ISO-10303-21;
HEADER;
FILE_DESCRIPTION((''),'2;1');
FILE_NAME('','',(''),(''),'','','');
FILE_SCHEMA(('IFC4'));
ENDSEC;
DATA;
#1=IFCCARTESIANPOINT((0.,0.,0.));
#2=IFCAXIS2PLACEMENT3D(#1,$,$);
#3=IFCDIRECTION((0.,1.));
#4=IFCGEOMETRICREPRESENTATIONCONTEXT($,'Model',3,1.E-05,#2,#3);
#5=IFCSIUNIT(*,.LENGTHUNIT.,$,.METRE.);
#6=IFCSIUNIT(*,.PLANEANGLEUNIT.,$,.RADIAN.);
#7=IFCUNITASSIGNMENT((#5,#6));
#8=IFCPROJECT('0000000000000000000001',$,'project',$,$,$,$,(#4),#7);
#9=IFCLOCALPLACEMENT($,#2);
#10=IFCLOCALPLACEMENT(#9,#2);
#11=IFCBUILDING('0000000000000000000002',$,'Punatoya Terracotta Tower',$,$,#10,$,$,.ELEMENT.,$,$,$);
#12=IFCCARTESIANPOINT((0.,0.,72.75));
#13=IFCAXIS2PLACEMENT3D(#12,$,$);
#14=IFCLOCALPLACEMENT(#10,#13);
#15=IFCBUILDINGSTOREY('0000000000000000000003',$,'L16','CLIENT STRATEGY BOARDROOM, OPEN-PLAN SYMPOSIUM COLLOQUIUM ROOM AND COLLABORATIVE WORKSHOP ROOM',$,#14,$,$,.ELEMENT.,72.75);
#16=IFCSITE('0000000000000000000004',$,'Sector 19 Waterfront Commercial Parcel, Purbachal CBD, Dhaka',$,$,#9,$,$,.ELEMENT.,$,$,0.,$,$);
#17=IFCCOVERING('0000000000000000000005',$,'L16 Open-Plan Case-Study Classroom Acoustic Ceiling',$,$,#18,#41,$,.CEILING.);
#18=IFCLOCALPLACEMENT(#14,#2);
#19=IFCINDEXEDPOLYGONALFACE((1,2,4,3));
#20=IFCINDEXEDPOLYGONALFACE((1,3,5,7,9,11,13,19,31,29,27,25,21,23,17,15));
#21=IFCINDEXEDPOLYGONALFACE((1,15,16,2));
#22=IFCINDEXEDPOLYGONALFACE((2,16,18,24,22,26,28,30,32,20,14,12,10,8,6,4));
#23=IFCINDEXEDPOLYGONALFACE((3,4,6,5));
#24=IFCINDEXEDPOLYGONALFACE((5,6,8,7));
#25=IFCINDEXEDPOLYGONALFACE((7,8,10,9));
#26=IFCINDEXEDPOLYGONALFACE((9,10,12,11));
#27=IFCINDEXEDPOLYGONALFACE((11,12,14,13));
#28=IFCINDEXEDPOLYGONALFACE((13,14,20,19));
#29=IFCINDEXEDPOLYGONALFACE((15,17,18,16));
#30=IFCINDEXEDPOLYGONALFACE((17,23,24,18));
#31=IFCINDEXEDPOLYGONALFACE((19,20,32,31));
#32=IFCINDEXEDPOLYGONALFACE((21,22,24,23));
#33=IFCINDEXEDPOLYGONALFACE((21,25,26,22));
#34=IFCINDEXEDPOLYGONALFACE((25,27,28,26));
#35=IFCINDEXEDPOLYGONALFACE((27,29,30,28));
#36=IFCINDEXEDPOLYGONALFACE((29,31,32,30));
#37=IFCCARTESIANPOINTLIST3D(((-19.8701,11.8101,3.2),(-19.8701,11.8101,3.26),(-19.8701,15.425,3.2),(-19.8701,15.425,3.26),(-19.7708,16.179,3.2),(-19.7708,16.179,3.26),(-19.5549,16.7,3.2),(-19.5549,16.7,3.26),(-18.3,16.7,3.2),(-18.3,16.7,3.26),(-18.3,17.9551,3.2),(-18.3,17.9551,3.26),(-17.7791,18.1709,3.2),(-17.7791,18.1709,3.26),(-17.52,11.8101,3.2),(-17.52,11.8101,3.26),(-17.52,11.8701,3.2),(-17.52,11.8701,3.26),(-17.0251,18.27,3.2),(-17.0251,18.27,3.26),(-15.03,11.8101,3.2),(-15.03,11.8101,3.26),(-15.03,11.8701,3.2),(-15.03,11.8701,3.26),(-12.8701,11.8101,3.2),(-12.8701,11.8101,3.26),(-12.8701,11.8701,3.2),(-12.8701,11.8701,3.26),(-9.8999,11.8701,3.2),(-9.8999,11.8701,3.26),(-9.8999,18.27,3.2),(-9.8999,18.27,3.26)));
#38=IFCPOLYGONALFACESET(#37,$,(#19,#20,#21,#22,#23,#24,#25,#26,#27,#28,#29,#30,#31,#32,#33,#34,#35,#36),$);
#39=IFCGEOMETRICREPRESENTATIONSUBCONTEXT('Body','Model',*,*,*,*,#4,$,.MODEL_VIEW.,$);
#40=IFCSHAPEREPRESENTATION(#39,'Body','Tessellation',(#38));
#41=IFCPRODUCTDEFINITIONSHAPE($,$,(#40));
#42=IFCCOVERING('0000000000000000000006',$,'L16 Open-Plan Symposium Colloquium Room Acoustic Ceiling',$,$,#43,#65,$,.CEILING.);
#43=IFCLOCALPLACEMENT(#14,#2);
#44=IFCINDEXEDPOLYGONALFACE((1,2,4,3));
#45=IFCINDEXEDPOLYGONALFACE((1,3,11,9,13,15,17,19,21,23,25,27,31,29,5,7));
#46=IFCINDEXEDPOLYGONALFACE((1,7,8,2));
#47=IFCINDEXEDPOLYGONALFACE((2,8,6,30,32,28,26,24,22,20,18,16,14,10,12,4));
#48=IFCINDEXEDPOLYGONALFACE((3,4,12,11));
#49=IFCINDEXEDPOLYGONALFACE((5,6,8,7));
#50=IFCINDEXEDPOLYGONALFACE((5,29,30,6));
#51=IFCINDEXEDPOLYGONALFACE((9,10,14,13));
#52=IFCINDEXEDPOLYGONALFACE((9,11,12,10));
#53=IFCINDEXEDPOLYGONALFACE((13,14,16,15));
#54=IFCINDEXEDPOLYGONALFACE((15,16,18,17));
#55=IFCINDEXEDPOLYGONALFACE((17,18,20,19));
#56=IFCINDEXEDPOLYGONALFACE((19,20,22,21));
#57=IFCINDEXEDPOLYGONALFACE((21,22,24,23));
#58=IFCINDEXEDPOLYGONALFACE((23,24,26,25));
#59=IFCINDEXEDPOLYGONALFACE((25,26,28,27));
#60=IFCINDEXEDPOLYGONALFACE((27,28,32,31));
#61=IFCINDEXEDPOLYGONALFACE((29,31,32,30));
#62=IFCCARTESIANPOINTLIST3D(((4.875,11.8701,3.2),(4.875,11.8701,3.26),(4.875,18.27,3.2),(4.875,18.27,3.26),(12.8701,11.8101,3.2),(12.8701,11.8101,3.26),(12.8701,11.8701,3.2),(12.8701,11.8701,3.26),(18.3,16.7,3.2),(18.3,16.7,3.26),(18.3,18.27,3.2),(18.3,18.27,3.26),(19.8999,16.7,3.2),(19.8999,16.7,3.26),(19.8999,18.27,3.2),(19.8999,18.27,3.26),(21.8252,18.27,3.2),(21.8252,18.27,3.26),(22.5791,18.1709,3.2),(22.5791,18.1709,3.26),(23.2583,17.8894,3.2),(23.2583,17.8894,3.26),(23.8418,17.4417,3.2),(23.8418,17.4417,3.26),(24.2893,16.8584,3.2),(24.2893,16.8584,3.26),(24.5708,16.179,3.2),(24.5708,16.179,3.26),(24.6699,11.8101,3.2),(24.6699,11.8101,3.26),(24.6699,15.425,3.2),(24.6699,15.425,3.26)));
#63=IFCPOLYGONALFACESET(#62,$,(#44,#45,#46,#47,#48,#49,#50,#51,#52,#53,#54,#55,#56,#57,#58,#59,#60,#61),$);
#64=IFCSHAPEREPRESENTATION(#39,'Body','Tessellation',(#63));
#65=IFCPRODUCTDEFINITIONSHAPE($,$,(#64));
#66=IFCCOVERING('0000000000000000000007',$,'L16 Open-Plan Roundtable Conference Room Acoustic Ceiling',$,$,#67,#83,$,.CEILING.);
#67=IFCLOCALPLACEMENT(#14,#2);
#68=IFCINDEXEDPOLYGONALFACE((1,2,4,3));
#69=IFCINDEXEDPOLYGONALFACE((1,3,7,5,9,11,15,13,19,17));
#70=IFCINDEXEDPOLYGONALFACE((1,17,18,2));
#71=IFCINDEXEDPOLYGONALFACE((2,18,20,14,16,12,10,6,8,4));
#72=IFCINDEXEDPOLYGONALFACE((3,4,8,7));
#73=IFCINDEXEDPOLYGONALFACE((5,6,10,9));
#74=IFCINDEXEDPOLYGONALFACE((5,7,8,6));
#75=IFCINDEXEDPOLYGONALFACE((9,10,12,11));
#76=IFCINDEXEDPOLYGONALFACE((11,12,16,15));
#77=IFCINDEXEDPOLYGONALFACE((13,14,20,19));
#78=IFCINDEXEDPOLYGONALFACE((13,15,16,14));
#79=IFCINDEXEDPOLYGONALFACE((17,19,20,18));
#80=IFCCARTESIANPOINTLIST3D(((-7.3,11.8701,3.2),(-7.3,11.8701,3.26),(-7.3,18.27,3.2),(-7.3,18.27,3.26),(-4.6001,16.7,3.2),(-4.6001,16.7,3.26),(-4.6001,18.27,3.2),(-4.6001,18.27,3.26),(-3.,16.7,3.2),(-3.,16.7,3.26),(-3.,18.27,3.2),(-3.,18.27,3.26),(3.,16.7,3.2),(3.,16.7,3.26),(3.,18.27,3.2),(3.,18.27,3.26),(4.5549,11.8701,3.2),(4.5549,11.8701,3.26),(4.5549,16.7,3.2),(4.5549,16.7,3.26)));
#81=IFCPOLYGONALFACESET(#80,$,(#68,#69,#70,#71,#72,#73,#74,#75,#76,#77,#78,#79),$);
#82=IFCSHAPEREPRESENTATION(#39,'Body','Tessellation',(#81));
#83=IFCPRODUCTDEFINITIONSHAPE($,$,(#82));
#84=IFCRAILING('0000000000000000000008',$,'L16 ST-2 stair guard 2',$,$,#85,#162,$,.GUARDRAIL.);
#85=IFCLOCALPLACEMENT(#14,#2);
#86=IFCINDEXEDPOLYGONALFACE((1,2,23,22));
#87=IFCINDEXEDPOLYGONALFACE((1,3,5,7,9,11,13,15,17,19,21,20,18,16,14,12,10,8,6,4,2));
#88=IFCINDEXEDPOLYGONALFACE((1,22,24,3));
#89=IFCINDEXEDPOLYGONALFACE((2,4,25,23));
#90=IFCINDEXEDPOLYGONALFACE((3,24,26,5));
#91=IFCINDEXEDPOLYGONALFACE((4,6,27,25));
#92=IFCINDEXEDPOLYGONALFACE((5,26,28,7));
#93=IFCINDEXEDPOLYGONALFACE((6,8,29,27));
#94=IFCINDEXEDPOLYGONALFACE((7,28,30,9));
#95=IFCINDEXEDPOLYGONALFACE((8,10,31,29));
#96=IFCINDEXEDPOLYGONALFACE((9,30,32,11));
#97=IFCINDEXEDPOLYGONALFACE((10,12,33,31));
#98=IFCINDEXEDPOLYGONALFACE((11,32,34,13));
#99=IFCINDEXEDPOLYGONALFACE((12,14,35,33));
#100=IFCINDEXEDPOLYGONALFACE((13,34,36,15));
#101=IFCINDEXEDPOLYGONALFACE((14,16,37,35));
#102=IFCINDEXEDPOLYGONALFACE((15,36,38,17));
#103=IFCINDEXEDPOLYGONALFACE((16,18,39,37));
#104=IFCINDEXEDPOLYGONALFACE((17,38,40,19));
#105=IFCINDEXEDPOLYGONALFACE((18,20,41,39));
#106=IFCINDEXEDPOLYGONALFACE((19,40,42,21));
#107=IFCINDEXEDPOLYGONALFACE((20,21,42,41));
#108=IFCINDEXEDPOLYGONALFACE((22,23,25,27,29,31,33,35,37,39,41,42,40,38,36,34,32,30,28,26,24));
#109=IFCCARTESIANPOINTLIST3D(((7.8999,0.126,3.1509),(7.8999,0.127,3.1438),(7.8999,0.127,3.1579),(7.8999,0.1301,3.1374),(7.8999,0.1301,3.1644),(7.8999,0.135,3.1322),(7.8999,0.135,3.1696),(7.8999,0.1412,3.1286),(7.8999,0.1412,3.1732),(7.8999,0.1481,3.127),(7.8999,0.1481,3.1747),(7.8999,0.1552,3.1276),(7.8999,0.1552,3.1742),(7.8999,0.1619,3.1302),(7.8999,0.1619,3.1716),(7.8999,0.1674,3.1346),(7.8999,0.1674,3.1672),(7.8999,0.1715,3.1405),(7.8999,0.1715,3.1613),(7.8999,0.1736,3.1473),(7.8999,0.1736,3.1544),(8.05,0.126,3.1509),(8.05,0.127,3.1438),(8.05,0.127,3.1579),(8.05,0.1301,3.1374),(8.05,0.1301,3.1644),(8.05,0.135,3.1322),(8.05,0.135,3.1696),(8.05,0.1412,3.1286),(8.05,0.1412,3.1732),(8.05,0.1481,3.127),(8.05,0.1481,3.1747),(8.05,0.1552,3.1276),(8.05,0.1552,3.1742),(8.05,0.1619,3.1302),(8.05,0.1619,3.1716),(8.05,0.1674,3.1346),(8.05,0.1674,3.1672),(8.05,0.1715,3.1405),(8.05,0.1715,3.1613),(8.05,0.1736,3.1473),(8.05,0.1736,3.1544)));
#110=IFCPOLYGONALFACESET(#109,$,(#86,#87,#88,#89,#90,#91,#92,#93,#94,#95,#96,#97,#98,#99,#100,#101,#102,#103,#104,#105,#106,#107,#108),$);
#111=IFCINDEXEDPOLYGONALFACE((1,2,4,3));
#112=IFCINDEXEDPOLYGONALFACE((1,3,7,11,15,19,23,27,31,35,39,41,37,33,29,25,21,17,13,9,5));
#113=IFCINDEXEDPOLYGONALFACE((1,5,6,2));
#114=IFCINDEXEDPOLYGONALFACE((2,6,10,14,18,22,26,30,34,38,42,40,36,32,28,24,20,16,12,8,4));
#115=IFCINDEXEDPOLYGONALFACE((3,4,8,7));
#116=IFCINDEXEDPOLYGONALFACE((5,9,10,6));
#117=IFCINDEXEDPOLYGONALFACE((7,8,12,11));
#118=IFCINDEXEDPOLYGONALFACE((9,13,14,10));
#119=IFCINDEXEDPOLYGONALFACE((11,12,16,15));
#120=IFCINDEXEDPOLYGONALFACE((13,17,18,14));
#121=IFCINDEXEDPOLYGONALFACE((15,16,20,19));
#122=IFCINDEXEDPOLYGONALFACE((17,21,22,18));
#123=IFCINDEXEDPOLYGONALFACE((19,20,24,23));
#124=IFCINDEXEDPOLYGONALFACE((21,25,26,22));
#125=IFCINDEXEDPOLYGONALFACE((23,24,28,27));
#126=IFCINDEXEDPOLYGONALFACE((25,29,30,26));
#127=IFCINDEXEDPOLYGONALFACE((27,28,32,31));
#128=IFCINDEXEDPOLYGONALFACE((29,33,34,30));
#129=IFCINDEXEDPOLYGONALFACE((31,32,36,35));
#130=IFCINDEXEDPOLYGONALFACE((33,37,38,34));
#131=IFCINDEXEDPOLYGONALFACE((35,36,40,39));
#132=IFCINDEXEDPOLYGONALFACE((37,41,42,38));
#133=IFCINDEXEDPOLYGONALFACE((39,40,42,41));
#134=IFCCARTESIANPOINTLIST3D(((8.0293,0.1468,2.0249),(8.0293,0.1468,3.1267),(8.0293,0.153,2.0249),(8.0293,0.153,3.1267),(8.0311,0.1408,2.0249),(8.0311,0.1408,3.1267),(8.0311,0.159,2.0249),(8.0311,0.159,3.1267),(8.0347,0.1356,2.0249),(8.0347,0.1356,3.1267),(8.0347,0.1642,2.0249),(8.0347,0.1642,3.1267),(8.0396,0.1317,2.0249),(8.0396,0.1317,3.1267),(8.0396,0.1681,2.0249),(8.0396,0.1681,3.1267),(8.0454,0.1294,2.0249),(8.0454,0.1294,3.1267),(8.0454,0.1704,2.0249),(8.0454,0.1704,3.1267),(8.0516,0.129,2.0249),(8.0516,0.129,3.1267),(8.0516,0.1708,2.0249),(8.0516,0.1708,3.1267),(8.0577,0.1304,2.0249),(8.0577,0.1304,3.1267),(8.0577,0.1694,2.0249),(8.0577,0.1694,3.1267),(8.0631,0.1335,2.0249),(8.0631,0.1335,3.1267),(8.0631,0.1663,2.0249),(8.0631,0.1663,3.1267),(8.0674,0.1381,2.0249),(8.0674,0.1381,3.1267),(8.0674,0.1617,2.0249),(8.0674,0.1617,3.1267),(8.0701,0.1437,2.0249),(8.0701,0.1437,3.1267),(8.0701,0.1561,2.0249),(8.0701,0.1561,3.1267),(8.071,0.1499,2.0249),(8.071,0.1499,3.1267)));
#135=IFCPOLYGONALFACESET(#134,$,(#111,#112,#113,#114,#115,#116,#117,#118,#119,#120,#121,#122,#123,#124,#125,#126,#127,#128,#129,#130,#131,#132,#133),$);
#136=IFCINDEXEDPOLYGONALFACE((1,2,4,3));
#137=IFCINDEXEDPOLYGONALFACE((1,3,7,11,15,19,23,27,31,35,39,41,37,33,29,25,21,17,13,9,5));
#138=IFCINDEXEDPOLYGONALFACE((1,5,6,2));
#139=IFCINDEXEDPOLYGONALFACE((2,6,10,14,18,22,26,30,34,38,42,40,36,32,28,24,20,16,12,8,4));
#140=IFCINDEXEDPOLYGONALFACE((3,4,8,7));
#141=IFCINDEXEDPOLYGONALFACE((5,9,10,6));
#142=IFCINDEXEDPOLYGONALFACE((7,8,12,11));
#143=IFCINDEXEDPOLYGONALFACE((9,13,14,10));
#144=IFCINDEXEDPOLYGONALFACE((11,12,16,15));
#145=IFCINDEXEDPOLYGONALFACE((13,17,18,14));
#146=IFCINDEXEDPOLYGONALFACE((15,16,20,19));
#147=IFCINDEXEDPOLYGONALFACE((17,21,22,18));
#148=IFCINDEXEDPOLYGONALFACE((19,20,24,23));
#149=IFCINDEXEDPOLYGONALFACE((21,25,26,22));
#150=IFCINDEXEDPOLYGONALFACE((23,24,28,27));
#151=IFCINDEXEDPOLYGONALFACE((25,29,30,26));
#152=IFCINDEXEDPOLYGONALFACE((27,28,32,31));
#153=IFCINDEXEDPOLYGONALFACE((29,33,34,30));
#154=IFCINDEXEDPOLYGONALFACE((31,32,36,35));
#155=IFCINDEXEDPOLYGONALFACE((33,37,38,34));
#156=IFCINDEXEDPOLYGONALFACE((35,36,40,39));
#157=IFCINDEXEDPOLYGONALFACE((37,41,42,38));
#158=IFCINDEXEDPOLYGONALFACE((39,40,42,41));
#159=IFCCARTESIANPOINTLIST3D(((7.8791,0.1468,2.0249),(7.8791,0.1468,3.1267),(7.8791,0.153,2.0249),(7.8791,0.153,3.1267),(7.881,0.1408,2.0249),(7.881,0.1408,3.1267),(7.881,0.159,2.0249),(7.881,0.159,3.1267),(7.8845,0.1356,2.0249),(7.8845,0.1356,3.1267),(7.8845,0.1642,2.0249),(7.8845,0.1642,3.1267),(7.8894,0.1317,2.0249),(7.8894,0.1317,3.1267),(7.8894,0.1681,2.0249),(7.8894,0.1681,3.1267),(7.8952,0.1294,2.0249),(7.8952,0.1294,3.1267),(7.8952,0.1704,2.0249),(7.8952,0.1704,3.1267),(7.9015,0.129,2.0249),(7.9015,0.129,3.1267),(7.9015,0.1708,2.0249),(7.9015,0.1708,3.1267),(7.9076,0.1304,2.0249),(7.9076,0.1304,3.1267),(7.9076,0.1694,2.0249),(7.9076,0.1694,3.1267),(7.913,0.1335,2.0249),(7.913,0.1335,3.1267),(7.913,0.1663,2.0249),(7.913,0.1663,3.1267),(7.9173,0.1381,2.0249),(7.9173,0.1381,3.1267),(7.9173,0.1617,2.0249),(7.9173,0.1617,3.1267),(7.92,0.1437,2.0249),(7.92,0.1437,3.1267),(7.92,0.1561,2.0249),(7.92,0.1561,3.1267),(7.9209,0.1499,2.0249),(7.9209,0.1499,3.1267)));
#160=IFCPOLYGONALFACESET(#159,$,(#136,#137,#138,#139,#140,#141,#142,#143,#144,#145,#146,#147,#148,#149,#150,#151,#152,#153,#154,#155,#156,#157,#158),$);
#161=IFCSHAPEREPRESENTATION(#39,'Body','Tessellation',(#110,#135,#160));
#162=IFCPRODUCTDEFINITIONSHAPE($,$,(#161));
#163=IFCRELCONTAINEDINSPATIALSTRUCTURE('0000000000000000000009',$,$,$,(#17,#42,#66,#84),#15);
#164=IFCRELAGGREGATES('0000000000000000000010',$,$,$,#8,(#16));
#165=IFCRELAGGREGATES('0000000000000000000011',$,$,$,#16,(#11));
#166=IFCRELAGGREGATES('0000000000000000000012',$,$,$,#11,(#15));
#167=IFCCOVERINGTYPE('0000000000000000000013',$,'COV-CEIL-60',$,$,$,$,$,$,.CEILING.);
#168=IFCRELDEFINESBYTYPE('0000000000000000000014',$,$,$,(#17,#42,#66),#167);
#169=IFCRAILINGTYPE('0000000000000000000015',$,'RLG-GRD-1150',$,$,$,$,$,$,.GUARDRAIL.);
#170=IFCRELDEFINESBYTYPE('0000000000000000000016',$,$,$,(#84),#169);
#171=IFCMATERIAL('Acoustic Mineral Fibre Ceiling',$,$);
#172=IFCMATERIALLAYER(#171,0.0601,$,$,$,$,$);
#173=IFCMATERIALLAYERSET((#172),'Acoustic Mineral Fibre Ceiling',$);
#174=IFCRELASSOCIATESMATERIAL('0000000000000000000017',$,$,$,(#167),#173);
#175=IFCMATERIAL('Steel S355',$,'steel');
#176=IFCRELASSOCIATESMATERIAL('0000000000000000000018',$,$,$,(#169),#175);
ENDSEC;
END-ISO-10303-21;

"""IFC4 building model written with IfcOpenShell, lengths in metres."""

from ifc_helpers import new_model, si_unit, direction, frame, origin, origin_2d, place, context, subcontext, project, spatial, polyline, circle, outline, extrude, material, layer, layer_set, type_object, element, save


model = new_model("IFC4")

# Units and contexts
model_context = context("Model", 3, precision=1e-05, world=origin(), true_north=direction((0.0, 1.0)))
body_context = subcontext(model_context, "Body", "Model", "MODEL_VIEW")
ifc_project = project(units=[si_unit("LENGTHUNIT", "METRE"), si_unit("PLANEANGLEUNIT", "RADIAN")], contexts=[model_context])

# Site, building, storey
site_placement = place(None, origin())
site = spatial("IfcSite", under=ifc_project, at=site_placement, Name="Sector 19 Waterfront Commercial Parcel, Purbachal CBD, Dhaka", CompositionType="ELEMENT", RefElevation=0.0)
building_placement = place(site_placement, origin())
building = spatial("IfcBuilding", under=site, at=building_placement, Name="Punatoya Terracotta Tower", CompositionType="ELEMENT")
storey_placement = place(building_placement, frame((0.0, 0.0, 72.75)))
storey = spatial("IfcBuildingStorey", under=building, at=storey_placement, Name="L16", Description="CLIENT STRATEGY BOARDROOM, OPEN-PLAN SYMPOSIUM COLLOQUIUM ROOM AND COLLABORATIVE WORKSHOP ROOM", CompositionType="ELEMENT", Elevation=72.75)

# Shared definitions
ifc_material_1 = material(Name="Steel S355", Category="steel")

# Coverings
ifc_material_2 = material(Name="Acoustic Mineral Fibre Ceiling")
ifc_layer_1 = layer(ifc_material_2, 0.0601)
ifc_layer_set_1 = layer_set([ifc_layer_1], Name="Acoustic Mineral Fibre Ceiling")
covering_type = type_object("IfcCoveringType", Name="COV-CEIL-60", PredefinedType="CEILING", material=ifc_layer_set_1)
covering_1_placement = place(storey_placement, frame((0.0, 0.0, 3.2)))
element("IfcCovering", 1, at=covering_1_placement, inside=storey, type_object=covering_type, Name="L16 Open-Plan Case-Study Classroom Acoustic Ceiling", PredefinedType="CEILING", context=body_context, shape_type="SweptSolid", body=[
    extrude(outline(polyline([(-17.7791, 18.1709), (-18.3, 17.9551), (-18.3, 16.7), (-19.5549, 16.7), (-19.7708, 16.179), (-19.8701, 15.425), (-19.8701, 11.8101), (-17.52, 11.8101), (-17.52, 11.8701), (-15.03, 11.8701), (-15.03, 11.8101), (-12.8701, 11.8101), (-12.8701, 11.8701), (-9.8999, 11.8701), (-9.8999, 18.27), (-17.0251, 18.27), (-17.7791, 18.1709)])), origin(), (0.0, 0.0, 1.0), 0.0601),
])
covering_2_placement = place(storey_placement, frame((0.0, 0.0, 3.2)))
element("IfcCovering", 2, at=covering_2_placement, inside=storey, type_object=covering_type, Name="L16 Open-Plan Symposium Colloquium Room Acoustic Ceiling", PredefinedType="CEILING", context=body_context, shape_type="SweptSolid", body=[
    extrude(outline(polyline([(12.8701, 11.8101), (24.6699, 11.8101), (24.6699, 15.425), (24.5708, 16.179), (24.2893, 16.8584), (23.8418, 17.4417), (23.2583, 17.8894), (22.5791, 18.1709), (21.8252, 18.27), (19.8999, 18.27), (19.8999, 16.7), (18.3, 16.7), (18.3, 18.27), (4.875, 18.27), (4.875, 11.8701), (12.8701, 11.8701), (12.8701, 11.8101)])), origin(), (0.0, 0.0, 1.0), 0.0601),
])
covering_3_placement = place(storey_placement, frame((0.0, 0.0, 3.2)))
element("IfcCovering", 3, at=covering_3_placement, inside=storey, type_object=covering_type, Name="L16 Open-Plan Roundtable Conference Room Acoustic Ceiling", PredefinedType="CEILING", context=body_context, shape_type="SweptSolid", body=[
    extrude(outline(polyline([(-4.6001, 18.27), (-7.3, 18.27), (-7.3, 11.8701), (4.5549, 11.8701), (4.5549, 16.7), (3.0, 16.7), (3.0, 18.27), (-3.0, 18.27), (-3.0, 16.7), (-4.6001, 16.7), (-4.6001, 18.27)])), origin(), (0.0, 0.0, 1.0), 0.0601),
])

# Railing
railing_type_1 = type_object("IfcRailingType", Name="RLG-GRD-1150", PredefinedType="GUARDRAIL", material=ifc_material_1)
railing_1_placement = place(storey_placement, frame((8.05, 0.1499, 2.0249)))
element("IfcRailing", 4, at=railing_1_placement, inside=storey, type_object=railing_type_1, Name="L16 ST-2 stair guard 2", PredefinedType="GUARDRAIL", context=body_context, shape_type="SweptSolid", body=[
    extrude(circle(Radius=0.0239, at=origin_2d()), frame((0.0, 0.0, 1.126), z_axis=(-1.0, 0.0, 0.0), x_axis=(0.0, -1.0, 0.0)), (0.0, 0.0, 1.0), 0.1501),
    extrude(circle(Radius=0.021, at=origin_2d()), origin(), (0.0, 0.0, 1.0), 1.1018),
    extrude(circle(Radius=0.021, at=origin_2d()), frame((-0.1501, 0.0, 0.0)), (0.0, 0.0, 1.0), 1.1018),
])

save(model, "model.ifc")
